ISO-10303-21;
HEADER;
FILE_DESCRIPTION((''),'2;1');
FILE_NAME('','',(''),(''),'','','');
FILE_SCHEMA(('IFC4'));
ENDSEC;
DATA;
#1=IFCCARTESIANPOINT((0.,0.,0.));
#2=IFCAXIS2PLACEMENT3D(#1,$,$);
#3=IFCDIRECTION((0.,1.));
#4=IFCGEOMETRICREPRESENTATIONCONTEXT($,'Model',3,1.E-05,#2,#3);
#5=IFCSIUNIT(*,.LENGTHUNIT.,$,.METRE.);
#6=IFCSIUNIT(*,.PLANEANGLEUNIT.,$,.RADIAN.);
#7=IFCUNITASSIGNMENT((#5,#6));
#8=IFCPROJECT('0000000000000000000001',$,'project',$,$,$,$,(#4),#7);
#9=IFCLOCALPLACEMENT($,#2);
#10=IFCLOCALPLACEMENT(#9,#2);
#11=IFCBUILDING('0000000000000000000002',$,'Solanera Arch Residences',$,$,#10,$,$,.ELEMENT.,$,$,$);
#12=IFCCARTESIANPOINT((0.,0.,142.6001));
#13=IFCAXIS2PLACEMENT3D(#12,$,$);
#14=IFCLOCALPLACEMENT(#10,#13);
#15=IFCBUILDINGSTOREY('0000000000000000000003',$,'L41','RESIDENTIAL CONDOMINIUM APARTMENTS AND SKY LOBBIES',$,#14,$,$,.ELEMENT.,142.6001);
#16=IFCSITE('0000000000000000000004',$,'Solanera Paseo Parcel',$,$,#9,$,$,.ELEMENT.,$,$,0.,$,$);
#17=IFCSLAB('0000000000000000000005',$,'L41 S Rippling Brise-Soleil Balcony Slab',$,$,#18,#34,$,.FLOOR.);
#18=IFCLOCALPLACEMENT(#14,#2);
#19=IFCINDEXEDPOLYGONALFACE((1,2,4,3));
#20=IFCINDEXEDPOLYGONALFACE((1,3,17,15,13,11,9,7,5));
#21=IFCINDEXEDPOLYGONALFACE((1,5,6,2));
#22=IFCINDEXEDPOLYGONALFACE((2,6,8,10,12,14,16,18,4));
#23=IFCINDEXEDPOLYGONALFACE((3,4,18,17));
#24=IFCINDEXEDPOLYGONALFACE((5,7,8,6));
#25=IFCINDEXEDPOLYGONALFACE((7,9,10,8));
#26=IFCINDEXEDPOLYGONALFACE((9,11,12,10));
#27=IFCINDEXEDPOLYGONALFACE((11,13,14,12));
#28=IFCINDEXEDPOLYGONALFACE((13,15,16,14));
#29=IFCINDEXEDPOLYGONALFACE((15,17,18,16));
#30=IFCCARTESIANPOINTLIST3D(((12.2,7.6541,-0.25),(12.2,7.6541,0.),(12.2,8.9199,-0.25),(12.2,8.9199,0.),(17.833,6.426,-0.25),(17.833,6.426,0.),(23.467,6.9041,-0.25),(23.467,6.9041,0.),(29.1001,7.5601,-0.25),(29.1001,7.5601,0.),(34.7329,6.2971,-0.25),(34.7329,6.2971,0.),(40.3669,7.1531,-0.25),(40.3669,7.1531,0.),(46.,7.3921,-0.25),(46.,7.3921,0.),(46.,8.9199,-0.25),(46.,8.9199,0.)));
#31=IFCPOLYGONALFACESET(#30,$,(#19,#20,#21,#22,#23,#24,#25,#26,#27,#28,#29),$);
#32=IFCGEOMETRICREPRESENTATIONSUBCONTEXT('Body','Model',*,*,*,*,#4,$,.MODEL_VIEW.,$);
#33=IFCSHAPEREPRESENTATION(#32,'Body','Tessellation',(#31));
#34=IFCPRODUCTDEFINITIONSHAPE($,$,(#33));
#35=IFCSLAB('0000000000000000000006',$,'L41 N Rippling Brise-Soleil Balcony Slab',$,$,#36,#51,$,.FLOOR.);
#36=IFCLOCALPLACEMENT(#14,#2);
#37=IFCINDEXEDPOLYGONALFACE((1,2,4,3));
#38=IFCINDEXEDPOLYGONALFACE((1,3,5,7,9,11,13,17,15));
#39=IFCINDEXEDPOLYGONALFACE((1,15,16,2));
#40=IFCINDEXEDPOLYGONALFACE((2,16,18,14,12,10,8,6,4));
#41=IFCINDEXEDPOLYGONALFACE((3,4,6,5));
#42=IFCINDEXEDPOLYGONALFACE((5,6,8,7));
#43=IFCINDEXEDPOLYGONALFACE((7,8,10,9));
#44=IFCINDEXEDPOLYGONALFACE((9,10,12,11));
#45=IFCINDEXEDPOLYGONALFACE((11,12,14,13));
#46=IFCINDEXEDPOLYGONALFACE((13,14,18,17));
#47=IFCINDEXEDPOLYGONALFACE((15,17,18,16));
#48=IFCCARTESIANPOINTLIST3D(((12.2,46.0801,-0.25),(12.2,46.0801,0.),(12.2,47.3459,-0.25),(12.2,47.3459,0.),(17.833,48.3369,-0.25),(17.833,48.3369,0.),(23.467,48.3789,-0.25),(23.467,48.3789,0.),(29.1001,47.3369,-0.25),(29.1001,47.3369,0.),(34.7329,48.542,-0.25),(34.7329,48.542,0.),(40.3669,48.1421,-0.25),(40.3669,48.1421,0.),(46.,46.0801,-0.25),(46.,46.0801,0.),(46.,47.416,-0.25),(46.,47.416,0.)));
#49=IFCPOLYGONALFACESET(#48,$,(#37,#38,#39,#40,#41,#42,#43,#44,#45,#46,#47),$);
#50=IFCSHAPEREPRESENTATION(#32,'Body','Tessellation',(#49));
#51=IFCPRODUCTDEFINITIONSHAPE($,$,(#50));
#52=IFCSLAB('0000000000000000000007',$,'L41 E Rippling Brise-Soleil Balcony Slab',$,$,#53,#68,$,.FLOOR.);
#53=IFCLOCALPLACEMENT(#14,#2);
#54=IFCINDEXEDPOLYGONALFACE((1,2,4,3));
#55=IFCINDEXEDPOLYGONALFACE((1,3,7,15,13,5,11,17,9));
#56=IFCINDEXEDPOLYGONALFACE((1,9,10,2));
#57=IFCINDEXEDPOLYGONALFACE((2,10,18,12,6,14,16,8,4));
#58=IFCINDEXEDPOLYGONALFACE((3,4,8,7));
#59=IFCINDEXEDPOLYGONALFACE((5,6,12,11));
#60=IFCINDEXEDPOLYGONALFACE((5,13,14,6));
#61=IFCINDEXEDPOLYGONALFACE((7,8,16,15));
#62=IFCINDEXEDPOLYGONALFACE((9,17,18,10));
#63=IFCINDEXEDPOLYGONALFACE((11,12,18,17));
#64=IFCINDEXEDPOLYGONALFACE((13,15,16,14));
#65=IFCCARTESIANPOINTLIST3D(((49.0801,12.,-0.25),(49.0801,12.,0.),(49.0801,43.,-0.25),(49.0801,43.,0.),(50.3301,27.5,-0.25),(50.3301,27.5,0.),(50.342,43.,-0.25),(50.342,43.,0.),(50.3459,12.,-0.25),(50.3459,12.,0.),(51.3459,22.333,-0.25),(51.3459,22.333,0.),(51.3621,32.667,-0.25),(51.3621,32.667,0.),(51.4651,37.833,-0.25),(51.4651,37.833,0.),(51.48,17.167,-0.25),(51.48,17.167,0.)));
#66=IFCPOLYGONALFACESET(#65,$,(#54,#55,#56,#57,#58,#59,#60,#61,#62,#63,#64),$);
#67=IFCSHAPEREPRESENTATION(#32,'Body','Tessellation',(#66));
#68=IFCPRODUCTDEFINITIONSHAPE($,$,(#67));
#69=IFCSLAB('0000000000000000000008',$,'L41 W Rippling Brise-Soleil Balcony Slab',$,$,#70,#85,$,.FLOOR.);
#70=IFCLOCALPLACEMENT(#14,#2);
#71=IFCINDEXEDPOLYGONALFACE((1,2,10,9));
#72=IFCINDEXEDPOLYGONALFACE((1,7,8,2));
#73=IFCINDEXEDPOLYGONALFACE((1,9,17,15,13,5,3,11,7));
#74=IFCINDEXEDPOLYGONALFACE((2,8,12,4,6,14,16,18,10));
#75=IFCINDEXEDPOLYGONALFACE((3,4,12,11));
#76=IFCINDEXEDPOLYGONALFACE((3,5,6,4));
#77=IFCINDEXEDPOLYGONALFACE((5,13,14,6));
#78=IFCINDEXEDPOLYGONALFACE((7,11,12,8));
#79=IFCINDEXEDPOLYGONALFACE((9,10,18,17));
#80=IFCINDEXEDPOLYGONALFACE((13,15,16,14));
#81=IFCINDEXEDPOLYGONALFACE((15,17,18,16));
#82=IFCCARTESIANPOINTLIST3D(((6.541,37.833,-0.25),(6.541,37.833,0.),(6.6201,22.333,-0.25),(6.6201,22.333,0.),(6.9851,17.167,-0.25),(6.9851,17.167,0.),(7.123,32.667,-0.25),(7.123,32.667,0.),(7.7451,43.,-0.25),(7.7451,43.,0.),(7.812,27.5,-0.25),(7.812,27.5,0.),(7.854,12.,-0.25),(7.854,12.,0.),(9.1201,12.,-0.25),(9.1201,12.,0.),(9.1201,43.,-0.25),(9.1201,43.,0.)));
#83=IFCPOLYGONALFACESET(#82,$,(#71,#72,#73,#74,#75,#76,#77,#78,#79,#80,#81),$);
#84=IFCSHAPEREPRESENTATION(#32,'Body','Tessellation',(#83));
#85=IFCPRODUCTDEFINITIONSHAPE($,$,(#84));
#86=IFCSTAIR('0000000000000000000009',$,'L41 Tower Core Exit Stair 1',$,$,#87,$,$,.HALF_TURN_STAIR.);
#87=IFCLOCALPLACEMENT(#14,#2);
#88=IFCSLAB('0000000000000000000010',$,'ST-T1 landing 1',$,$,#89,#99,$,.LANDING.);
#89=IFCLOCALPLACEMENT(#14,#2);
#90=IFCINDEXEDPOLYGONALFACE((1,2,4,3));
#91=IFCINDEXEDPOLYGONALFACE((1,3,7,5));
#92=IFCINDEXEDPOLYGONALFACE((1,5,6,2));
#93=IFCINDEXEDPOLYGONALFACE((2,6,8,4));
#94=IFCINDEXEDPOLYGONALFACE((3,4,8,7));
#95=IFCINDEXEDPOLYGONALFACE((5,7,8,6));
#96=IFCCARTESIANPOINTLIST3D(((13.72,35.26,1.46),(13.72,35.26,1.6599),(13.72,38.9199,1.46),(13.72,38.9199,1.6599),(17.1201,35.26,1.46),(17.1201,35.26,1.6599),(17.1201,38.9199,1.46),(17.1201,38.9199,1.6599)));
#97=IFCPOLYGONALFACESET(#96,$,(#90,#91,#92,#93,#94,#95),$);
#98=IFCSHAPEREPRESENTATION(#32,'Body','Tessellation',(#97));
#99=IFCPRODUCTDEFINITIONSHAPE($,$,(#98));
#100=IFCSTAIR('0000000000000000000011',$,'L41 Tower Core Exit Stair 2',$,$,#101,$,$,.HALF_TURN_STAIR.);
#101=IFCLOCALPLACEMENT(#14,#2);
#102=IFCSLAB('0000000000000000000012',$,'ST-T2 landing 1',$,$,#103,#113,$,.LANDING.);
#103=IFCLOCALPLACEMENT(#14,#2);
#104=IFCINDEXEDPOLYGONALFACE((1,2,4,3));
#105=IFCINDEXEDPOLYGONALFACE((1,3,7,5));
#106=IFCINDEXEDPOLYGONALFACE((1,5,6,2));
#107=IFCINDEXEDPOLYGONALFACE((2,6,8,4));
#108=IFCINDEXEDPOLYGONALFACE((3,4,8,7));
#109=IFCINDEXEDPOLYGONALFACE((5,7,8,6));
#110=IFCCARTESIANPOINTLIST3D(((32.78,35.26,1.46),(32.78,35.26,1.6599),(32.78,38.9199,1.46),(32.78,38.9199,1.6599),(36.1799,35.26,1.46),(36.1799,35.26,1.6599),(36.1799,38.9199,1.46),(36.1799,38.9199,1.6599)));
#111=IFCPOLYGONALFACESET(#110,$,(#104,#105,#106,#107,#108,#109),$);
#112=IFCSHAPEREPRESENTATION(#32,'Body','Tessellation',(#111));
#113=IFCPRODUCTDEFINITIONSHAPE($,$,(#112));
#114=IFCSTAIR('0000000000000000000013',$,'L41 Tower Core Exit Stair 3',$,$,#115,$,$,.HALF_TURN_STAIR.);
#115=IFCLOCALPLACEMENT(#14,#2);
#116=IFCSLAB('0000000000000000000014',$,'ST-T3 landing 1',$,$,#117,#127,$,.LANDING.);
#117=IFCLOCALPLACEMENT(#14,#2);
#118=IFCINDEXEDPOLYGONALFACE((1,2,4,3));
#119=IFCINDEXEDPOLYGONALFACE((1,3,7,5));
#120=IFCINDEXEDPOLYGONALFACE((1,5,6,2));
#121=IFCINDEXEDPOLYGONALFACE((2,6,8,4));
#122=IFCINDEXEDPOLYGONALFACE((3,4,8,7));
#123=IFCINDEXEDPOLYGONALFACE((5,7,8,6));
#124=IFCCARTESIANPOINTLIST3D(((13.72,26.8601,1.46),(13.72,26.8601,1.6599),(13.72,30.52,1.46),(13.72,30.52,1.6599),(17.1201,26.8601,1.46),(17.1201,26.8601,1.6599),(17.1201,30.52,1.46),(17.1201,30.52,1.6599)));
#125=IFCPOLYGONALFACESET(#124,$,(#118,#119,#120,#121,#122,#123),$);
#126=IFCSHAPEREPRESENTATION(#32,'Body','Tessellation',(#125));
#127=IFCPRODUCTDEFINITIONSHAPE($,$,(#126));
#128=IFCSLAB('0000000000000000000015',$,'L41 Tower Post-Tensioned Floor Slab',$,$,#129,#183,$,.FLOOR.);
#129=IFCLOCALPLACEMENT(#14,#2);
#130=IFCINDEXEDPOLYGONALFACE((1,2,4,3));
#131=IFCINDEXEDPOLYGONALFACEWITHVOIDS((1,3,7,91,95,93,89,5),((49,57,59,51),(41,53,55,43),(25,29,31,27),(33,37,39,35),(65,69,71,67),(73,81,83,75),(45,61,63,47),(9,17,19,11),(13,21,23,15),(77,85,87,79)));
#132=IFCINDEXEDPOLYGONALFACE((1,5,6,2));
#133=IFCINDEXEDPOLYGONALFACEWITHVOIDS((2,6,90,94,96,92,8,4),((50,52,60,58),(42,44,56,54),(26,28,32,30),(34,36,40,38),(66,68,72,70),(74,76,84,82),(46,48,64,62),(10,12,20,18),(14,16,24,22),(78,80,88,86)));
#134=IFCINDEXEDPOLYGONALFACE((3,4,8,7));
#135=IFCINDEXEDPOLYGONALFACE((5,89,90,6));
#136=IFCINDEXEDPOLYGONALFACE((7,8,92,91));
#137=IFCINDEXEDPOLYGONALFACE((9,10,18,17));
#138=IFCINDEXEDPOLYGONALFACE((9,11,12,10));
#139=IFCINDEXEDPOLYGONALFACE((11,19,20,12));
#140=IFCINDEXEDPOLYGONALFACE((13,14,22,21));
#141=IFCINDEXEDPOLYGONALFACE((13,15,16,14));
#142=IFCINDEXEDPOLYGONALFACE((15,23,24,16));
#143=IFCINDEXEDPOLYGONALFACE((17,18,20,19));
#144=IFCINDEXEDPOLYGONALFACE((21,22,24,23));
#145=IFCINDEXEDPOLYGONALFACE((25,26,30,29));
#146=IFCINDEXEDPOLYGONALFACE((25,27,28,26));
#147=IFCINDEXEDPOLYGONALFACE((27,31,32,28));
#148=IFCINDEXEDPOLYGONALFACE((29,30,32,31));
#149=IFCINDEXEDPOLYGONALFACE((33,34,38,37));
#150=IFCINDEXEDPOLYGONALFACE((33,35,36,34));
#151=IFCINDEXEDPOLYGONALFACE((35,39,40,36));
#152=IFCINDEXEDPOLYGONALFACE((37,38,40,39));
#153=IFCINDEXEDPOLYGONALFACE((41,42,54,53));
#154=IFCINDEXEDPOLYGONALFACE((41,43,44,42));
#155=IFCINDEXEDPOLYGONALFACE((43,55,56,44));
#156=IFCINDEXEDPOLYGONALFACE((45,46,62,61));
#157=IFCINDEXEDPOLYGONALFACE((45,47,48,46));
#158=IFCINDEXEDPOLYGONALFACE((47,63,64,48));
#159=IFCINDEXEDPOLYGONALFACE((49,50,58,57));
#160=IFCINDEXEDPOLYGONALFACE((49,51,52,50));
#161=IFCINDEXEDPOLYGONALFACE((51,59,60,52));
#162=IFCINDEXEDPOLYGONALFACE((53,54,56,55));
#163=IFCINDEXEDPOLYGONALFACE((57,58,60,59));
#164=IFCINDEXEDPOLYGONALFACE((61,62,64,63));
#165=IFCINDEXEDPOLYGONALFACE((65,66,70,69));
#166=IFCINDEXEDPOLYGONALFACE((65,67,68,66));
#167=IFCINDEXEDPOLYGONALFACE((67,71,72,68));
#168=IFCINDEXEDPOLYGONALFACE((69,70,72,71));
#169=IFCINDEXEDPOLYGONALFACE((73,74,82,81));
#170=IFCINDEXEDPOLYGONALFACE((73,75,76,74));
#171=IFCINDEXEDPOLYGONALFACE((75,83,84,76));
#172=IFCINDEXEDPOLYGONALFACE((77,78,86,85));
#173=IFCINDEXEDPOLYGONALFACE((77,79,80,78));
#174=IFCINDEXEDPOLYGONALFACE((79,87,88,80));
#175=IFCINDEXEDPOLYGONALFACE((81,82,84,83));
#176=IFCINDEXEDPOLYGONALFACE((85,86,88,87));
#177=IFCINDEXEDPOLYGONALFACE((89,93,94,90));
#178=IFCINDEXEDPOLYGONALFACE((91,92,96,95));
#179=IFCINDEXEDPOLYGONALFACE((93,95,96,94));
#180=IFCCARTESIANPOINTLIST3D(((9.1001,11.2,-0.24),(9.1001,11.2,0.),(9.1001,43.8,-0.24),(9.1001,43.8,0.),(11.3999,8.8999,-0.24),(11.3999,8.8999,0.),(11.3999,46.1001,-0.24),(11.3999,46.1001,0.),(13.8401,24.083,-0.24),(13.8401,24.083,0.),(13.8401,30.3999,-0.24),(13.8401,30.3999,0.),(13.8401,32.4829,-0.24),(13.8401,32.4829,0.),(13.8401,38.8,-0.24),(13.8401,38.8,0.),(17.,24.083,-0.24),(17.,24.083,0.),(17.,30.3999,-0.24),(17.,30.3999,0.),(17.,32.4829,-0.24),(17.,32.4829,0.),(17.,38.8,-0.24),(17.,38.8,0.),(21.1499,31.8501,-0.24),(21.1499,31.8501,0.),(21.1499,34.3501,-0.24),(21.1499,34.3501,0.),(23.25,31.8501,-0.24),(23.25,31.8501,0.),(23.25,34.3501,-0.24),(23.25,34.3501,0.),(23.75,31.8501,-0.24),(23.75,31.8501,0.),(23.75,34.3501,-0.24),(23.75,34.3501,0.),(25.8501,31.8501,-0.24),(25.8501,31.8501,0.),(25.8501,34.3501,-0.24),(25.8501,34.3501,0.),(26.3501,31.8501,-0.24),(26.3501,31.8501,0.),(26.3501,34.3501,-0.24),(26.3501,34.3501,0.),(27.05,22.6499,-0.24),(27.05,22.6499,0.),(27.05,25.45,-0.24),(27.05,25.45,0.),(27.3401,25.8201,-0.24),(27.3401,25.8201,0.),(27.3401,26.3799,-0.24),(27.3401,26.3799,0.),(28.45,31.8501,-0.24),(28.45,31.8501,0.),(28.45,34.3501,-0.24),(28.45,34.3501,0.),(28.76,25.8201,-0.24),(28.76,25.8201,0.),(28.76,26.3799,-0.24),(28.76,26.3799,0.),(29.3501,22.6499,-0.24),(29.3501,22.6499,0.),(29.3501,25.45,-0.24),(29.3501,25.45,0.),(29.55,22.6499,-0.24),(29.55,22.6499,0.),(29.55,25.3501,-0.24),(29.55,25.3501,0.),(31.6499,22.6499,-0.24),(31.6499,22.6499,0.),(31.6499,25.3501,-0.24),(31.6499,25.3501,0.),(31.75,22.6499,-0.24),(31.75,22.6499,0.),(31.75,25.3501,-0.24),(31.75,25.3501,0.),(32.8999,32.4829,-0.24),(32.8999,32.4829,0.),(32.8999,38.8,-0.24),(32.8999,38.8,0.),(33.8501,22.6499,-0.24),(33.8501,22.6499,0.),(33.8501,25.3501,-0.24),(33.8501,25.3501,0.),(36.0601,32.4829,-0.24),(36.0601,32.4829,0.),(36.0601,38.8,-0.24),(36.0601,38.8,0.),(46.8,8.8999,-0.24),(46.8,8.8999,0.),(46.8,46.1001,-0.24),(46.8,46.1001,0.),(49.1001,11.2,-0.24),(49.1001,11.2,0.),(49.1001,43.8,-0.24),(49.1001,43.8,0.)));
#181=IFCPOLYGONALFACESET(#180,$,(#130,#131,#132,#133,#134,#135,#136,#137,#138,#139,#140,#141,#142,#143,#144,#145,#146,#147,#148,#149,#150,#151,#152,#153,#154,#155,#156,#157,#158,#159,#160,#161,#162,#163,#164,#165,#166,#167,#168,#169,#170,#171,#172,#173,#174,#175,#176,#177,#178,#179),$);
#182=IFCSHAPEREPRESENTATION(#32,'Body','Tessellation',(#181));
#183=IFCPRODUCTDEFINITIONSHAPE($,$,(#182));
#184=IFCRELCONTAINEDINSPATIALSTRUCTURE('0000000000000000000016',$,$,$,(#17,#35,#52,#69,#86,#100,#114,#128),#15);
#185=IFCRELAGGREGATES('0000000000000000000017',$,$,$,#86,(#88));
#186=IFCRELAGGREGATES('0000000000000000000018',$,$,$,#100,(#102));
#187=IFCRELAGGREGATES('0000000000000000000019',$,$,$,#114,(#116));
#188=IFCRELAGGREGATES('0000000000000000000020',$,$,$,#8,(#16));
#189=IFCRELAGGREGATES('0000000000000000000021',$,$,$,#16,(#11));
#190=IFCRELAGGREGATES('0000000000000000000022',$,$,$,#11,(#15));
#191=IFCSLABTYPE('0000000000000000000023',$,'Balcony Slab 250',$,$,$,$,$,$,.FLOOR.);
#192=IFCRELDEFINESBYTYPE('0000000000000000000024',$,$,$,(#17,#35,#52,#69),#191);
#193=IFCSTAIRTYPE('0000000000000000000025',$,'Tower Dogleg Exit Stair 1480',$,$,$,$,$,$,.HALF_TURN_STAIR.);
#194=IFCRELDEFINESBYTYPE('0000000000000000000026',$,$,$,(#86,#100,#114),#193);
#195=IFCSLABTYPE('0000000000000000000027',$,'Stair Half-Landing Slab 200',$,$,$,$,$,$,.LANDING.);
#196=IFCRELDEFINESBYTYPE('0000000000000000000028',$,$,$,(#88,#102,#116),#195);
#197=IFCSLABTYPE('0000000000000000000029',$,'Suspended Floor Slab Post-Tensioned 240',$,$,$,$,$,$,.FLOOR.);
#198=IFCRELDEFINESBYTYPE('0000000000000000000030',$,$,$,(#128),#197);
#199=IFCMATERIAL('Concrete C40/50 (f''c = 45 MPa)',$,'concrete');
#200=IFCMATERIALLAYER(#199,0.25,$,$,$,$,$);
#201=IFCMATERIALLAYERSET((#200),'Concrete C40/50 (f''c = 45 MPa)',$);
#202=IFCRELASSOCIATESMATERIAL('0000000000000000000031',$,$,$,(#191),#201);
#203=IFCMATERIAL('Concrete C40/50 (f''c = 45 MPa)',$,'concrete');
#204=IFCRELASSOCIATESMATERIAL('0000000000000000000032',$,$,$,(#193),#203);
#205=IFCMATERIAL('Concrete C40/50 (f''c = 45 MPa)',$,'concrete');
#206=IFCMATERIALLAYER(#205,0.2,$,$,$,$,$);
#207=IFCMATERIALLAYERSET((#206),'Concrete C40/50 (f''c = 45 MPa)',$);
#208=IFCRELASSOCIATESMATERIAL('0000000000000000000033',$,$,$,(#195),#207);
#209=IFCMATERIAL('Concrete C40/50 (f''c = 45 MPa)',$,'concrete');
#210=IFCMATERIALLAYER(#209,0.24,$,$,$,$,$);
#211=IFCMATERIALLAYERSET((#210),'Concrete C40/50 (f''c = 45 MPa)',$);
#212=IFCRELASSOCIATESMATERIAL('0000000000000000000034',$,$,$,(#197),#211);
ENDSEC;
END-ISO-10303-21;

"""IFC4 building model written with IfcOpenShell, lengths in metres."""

from ifc_helpers import new_model, si_unit, direction, frame, origin, place, context, subcontext, project, spatial, polyline, outline, extrude, material, layer, layer_set, type_object, element, aggregate, save


model = new_model("IFC4")

# Units and contexts
model_context = context("Model", 3, precision=1e-05, world=origin(), true_north=direction((0.0, 1.0)))
body_context = subcontext(model_context, "Body", "Model", "MODEL_VIEW")
ifc_project = project(units=[si_unit("LENGTHUNIT", "METRE"), si_unit("PLANEANGLEUNIT", "RADIAN")], contexts=[model_context])

# Site, building, storey
site_placement = place(None, origin())
site = spatial("IfcSite", under=ifc_project, at=site_placement, Name="Solanera Paseo Parcel", CompositionType="ELEMENT", RefElevation=0.0)
building_placement = place(site_placement, origin())
building = spatial("IfcBuilding", under=site, at=building_placement, Name="Solanera Arch Residences", CompositionType="ELEMENT")
storey_placement = place(building_placement, frame((0.0, 0.0, 142.6001)))
storey = spatial("IfcBuildingStorey", under=building, at=storey_placement, Name="L41", Description="RESIDENTIAL CONDOMINIUM APARTMENTS AND SKY LOBBIES", CompositionType="ELEMENT", Elevation=142.6001)

# Slabs
ifc_material_1 = material(Name="Concrete C40/50 (f'c = 45 MPa)", Category="concrete")
ifc_layer_1 = layer(ifc_material_1, 0.25)
ifc_layer_set_1 = layer_set([ifc_layer_1], Name="Concrete C40/50 (f'c = 45 MPa)")
slab_type_1 = type_object("IfcSlabType", Name="Balcony Slab 250", PredefinedType="FLOOR", material=ifc_layer_set_1)
slab_1_placement = place(storey_placement, frame((0.0, 0.0, -0.25)))
element("IfcSlab", 1, at=slab_1_placement, inside=storey, type_object=slab_type_1, Name="L41 S Rippling Brise-Soleil Balcony Slab", PredefinedType="FLOOR", context=body_context, shape_type="SweptSolid", body=[
    extrude(outline(polyline([(12.2, 7.6541), (17.833, 6.426), (23.467, 6.9041), (29.1001, 7.5601), (34.7329, 6.2971), (40.3669, 7.1531), (46.0, 7.3921), (46.0, 8.9199), (12.2, 8.9199), (12.2, 7.6541)])), origin(), (0.0, 0.0, 1.0), 0.25),
])
slab_2_placement = place(storey_placement, frame((0.0, 0.0, -0.25)))
element("IfcSlab", 2, at=slab_2_placement, inside=storey, type_object=slab_type_1, Name="L41 N Rippling Brise-Soleil Balcony Slab", PredefinedType="FLOOR", context=body_context, shape_type="SweptSolid", body=[
    extrude(outline(polyline([(46.0, 47.416), (40.3669, 48.1421), (34.7329, 48.542), (29.1001, 47.3369), (23.467, 48.3789), (17.833, 48.3369), (12.2, 47.3459), (12.2, 46.0801), (46.0, 46.0801), (46.0, 47.416)])), origin(), (0.0, 0.0, 1.0), 0.25),
])
slab_3_placement = place(storey_placement, frame((0.0, 0.0, -0.25)))
element("IfcSlab", 3, at=slab_3_placement, inside=storey, type_object=slab_type_1, Name="L41 E Rippling Brise-Soleil Balcony Slab", PredefinedType="FLOOR", context=body_context, shape_type="SweptSolid", body=[
    extrude(outline(polyline([(50.3459, 12.0), (51.48, 17.167), (51.3459, 22.333), (50.3301, 27.5), (51.3621, 32.667), (51.4651, 37.833), (50.342, 43.0), (49.0801, 43.0), (49.0801, 12.0), (50.3459, 12.0)])), origin(), (0.0, 0.0, 1.0), 0.25),
])
slab_4_placement = place(storey_placement, frame((0.0, 0.0, -0.25)))
element("IfcSlab", 4, at=slab_4_placement, inside=storey, type_object=slab_type_1, Name="L41 W Rippling Brise-Soleil Balcony Slab", PredefinedType="FLOOR", context=body_context, shape_type="SweptSolid", body=[
    extrude(outline(polyline([(7.7451, 43.0), (6.541, 37.833), (7.123, 32.667), (7.812, 27.5), (6.6201, 22.333), (6.9851, 17.167), (7.854, 12.0), (9.1201, 12.0), (9.1201, 43.0), (7.7451, 43.0)])), origin(), (0.0, 0.0, 1.0), 0.25),
])

# Stairs, slabs
ifc_material_2 = material(Name="Concrete C40/50 (f'c = 45 MPa)", Category="concrete")
stair_type = type_object("IfcStairType", Name="Tower Dogleg Exit Stair 1480", PredefinedType="HALF_TURN_STAIR", material=ifc_material_2)
stair_1_placement = place(storey_placement, origin())
stair_1 = element("IfcStair", 5, at=stair_1_placement, inside=storey, type_object=stair_type, Name="L41 Tower Core Exit Stair 1", PredefinedType="HALF_TURN_STAIR")
ifc_material_3 = material(Name="Concrete C40/50 (f'c = 45 MPa)", Category="concrete")
ifc_layer_2 = layer(ifc_material_3, 0.2)
ifc_layer_set_2 = layer_set([ifc_layer_2], Name="Concrete C40/50 (f'c = 45 MPa)")
slab_type_2 = type_object("IfcSlabType", Name="Stair Half-Landing Slab 200", PredefinedType="LANDING", material=ifc_layer_set_2)
slab_5_placement = place(storey_placement, frame((0.0, 0.0, 1.46)))
slab_5 = element("IfcSlab", 6, at=slab_5_placement, type_object=slab_type_2, Name="ST-T1 landing 1", PredefinedType="LANDING", context=body_context, shape_type="SweptSolid", body=[
    extrude(outline(polyline([(17.1201, 35.26), (17.1201, 38.9199), (13.72, 38.9199), (13.72, 35.26), (17.1201, 35.26)])), origin(), (0.0, 0.0, 1.0), 0.2),
])
aggregate(stair_1, [slab_5])
stair_2_placement = place(storey_placement, origin())
stair_2 = element("IfcStair", 7, at=stair_2_placement, inside=storey, type_object=stair_type, Name="L41 Tower Core Exit Stair 2", PredefinedType="HALF_TURN_STAIR")
slab_6_placement = place(storey_placement, frame((0.0, 0.0, 1.46)))
slab_6 = element("IfcSlab", 8, at=slab_6_placement, type_object=slab_type_2, Name="ST-T2 landing 1", PredefinedType="LANDING", context=body_context, shape_type="SweptSolid", body=[
    extrude(outline(polyline([(36.1799, 35.26), (36.1799, 38.9199), (32.78, 38.9199), (32.78, 35.26), (36.1799, 35.26)])), origin(), (0.0, 0.0, 1.0), 0.2),
])
aggregate(stair_2, [slab_6])
stair_3_placement = place(storey_placement, origin())
stair_3 = element("IfcStair", 9, at=stair_3_placement, inside=storey, type_object=stair_type, Name="L41 Tower Core Exit Stair 3", PredefinedType="HALF_TURN_STAIR")
slab_7_placement = place(storey_placement, frame((0.0, 0.0, 1.46)))
slab_7 = element("IfcSlab", 10, at=slab_7_placement, type_object=slab_type_2, Name="ST-T3 landing 1", PredefinedType="LANDING", context=body_context, shape_type="SweptSolid", body=[
    extrude(outline(polyline([(17.1201, 26.8601), (17.1201, 30.52), (13.72, 30.52), (13.72, 26.8601), (17.1201, 26.8601)])), origin(), (0.0, 0.0, 1.0), 0.2),
])
aggregate(stair_3, [slab_7])

# Slab
ifc_material_4 = material(Name="Concrete C40/50 (f'c = 45 MPa)", Category="concrete")
ifc_layer_3 = layer(ifc_material_4, 0.24)
ifc_layer_set_3 = layer_set([ifc_layer_3], Name="Concrete C40/50 (f'c = 45 MPa)")
slab_type_3 = type_object("IfcSlabType", Name="Suspended Floor Slab Post-Tensioned 240", PredefinedType="FLOOR", material=ifc_layer_set_3)
slab_8_placement = place(storey_placement, frame((0.0, 0.0, -0.24)))
element("IfcSlab", 11, at=slab_8_placement, inside=storey, type_object=slab_type_3, Name="L41 Tower Post-Tensioned Floor Slab", PredefinedType="FLOOR", context=body_context, shape_type="SweptSolid", body=[
    extrude(outline(polyline([(11.3999, 8.8999), (46.8, 8.8999), (49.1001, 11.2), (49.1001, 43.8), (46.8, 46.1001), (11.3999, 46.1001), (9.1001, 43.8), (9.1001, 11.2), (11.3999, 8.8999)]), holes=[polyline([(13.8401, 32.4829), (13.8401, 38.8), (17.0, 38.8), (17.0, 32.4829), (13.8401, 32.4829)]), polyline([(32.8999, 32.4829), (32.8999, 38.8), (36.0601, 38.8), (36.0601, 32.4829), (32.8999, 32.4829)]), polyline([(13.8401, 24.083), (13.8401, 30.3999), (17.0, 30.3999), (17.0, 24.083), (13.8401, 24.083)]), polyline([(21.1499, 34.3501), (23.25, 34.3501), (23.25, 31.8501), (21.1499, 31.8501), (21.1499, 34.3501)]), polyline([(23.75, 34.3501), (25.8501, 34.3501), (25.8501, 31.8501), (23.75, 31.8501), (23.75, 34.3501)]), polyline([(26.3501, 34.3501), (28.45, 34.3501), (28.45, 31.8501), (26.3501, 31.8501), (26.3501, 34.3501)]), polyline([(29.55, 25.3501), (31.6499, 25.3501), (31.6499, 22.6499), (29.55, 22.6499), (29.55, 25.3501)]), polyline([(31.75, 25.3501), (33.8501, 25.3501), (33.8501, 22.6499), (31.75, 22.6499), (31.75, 25.3501)]), polyline([(27.05, 25.45), (29.3501, 25.45), (29.3501, 22.6499), (27.05, 22.6499), (27.05, 25.45)]), polyline([(27.3401, 26.3799), (28.76, 26.3799), (28.76, 25.8201), (27.3401, 25.8201), (27.3401, 26.3799)])]), origin(), (0.0, 0.0, 1.0), 0.24),
])

save(model, "model.ifc")
